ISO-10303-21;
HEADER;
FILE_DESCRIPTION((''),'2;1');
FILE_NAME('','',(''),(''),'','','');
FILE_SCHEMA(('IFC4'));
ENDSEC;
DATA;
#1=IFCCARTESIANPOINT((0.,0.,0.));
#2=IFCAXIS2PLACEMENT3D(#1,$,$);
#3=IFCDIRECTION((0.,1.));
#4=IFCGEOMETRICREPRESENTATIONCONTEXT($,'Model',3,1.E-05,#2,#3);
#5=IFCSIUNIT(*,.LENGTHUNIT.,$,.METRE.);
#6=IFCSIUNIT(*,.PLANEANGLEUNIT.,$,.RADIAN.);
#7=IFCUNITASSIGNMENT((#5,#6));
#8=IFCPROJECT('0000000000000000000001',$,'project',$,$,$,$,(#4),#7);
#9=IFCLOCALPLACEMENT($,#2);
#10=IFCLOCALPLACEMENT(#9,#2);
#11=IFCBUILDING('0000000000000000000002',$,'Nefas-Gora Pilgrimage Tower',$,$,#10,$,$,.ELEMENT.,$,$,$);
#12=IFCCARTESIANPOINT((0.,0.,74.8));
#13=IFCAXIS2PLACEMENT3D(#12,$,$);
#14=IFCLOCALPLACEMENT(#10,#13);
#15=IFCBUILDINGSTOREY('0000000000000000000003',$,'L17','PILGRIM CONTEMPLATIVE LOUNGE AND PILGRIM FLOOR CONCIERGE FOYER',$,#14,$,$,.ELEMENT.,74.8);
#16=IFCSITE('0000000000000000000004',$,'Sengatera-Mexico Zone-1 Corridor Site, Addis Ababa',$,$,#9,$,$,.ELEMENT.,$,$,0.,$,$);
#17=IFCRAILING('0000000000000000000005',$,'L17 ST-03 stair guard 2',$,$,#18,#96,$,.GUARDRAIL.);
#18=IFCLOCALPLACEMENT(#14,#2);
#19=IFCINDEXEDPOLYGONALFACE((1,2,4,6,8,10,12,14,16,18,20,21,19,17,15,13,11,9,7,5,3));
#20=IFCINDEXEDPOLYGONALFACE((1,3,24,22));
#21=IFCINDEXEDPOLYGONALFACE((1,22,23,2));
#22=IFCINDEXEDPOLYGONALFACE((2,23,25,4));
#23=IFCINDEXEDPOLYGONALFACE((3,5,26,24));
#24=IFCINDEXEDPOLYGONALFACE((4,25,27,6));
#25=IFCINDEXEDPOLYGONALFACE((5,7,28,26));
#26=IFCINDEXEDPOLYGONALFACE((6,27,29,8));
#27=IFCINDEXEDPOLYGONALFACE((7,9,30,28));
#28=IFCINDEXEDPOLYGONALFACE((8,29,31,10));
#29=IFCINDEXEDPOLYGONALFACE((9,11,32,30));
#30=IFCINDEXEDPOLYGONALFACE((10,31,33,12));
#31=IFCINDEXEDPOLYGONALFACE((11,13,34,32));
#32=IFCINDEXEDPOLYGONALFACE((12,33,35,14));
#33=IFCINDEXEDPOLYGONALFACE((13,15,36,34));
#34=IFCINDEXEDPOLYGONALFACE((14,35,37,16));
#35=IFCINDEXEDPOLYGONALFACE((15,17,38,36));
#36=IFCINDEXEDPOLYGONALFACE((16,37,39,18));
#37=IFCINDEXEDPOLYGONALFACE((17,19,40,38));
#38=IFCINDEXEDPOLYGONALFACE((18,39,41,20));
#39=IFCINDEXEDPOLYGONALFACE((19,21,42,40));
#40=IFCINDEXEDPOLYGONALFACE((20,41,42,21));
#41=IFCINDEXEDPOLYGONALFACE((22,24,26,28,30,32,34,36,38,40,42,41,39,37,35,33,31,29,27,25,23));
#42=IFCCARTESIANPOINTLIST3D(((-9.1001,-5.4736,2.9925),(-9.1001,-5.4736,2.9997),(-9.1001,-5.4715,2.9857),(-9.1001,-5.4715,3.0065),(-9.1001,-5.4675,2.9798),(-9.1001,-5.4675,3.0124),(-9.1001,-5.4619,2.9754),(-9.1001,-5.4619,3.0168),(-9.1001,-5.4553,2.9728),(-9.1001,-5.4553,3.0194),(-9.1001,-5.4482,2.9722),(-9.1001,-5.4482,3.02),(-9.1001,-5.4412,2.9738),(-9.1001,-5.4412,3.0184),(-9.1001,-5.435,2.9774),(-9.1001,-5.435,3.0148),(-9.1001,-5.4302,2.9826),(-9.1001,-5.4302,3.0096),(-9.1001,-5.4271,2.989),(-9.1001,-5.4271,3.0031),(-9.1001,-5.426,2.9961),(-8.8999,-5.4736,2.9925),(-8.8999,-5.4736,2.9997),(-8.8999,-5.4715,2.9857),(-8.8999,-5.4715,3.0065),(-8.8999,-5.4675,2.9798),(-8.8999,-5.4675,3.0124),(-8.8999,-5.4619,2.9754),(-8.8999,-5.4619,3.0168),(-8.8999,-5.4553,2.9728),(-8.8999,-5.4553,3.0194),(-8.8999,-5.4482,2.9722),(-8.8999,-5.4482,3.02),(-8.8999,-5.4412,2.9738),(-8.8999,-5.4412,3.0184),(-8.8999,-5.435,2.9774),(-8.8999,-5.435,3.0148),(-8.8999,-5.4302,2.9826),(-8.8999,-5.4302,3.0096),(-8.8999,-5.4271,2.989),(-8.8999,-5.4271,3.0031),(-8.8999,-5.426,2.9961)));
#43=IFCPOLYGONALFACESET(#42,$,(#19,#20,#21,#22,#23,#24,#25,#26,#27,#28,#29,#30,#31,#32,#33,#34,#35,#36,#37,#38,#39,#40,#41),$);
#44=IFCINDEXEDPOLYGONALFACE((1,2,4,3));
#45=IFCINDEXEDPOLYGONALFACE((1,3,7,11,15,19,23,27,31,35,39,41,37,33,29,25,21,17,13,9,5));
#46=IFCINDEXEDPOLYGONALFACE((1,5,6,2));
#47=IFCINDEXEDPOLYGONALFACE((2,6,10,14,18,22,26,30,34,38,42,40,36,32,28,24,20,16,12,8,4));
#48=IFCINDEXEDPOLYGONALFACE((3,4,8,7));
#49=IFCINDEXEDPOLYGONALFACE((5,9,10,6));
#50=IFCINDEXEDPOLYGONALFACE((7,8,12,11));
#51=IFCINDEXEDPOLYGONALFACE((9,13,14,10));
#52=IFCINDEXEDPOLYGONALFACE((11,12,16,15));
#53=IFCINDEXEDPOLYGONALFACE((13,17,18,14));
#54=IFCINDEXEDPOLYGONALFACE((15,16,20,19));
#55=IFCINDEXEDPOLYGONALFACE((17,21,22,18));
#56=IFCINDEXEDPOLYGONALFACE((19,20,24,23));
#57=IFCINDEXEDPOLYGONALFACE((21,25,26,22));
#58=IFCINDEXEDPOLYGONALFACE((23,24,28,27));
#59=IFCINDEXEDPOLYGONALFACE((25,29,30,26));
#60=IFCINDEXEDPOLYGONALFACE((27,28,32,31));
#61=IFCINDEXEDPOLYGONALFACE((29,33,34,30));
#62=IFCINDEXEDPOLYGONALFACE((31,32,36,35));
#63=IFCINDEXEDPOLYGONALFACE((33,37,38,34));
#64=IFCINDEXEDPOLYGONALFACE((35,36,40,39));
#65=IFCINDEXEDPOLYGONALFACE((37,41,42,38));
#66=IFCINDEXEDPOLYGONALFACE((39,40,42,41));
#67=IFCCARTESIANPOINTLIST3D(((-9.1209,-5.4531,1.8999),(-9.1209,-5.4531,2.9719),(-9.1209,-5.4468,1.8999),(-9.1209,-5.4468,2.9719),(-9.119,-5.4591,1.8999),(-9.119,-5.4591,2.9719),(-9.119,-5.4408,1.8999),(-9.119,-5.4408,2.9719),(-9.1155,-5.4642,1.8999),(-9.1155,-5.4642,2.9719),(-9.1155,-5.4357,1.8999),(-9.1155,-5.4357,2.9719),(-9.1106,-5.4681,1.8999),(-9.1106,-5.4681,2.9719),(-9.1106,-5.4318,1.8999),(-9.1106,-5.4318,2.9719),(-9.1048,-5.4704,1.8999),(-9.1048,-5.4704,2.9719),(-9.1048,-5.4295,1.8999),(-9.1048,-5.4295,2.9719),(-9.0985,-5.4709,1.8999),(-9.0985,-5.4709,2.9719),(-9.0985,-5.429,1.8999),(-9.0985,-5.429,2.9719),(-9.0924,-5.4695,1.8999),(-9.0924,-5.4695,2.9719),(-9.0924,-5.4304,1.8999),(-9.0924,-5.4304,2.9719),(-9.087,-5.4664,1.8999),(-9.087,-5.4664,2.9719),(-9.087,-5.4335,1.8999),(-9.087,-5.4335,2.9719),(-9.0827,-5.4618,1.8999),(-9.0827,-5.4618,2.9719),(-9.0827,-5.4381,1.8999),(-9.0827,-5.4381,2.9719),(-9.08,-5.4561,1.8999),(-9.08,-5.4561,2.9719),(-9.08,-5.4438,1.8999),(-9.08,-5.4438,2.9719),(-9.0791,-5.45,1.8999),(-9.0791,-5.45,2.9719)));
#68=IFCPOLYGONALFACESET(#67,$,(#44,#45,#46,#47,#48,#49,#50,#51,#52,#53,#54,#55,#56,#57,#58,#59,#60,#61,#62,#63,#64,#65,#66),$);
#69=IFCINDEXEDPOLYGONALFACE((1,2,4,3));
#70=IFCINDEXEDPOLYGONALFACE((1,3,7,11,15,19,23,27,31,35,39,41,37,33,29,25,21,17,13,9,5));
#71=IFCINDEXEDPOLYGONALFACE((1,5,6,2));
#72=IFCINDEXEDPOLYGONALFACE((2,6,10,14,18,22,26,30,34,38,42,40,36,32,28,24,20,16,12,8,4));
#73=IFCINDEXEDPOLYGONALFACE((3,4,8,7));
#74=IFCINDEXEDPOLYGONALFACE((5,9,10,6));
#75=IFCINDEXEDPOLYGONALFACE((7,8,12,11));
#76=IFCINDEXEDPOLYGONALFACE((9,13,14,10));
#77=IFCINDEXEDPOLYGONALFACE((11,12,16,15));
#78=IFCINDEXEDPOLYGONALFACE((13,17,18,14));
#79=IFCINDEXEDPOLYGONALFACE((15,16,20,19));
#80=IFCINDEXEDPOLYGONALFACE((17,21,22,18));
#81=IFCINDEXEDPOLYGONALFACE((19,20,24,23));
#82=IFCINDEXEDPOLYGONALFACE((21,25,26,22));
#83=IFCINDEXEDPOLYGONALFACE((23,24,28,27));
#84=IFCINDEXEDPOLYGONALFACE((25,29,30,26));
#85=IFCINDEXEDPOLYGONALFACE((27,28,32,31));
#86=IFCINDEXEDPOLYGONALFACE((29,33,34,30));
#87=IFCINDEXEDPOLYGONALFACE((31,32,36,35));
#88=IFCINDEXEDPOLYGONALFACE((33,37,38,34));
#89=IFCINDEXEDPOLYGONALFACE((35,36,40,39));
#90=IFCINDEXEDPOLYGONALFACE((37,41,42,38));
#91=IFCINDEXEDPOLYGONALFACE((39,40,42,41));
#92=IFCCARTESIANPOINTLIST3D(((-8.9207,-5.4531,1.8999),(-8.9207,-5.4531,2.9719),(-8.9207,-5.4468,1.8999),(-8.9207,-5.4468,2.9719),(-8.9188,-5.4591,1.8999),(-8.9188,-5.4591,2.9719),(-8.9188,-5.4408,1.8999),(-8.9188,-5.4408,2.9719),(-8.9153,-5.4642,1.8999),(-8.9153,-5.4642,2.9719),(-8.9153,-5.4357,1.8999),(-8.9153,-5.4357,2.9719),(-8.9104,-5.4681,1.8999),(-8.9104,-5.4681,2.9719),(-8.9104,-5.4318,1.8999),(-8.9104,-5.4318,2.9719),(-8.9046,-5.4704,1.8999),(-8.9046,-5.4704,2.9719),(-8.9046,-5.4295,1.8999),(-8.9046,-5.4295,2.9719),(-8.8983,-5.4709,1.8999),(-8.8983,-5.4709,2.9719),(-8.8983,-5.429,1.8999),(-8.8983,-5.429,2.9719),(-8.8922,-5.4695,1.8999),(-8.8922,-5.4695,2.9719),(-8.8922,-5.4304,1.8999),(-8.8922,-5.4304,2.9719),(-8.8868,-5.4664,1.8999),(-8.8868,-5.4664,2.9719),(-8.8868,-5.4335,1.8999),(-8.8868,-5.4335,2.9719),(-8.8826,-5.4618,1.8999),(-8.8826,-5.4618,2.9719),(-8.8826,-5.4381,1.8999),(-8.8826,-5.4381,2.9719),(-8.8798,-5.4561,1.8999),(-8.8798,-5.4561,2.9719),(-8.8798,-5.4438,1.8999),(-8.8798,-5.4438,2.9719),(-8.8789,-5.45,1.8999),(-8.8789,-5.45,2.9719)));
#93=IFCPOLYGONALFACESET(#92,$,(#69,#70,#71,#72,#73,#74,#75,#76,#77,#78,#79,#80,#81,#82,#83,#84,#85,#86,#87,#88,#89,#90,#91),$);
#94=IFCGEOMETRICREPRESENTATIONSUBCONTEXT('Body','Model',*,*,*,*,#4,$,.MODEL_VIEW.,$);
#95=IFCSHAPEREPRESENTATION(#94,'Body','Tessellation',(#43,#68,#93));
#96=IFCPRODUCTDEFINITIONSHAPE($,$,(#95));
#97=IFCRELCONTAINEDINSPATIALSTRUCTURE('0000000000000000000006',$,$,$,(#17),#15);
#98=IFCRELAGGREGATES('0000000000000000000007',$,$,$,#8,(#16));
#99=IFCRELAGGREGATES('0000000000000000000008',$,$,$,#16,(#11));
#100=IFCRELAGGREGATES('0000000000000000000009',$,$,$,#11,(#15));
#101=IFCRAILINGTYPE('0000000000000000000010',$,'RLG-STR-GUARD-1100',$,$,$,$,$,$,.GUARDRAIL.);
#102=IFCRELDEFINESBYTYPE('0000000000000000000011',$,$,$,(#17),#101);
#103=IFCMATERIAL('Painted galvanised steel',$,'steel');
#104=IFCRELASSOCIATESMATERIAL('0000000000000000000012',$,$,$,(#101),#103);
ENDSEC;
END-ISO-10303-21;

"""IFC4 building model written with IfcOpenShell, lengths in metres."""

from ifc_helpers import new_model, si_unit, direction, frame, origin, origin_2d, place, context, subcontext, project, spatial, circle, extrude, material, type_object, element, save


model = new_model("IFC4")

# Units and contexts
model_context = context("Model", 3, precision=1e-05, world=origin(), true_north=direction((0.0, 1.0)))
body_context = subcontext(model_context, "Body", "Model", "MODEL_VIEW")
ifc_project = project(units=[si_unit("LENGTHUNIT", "METRE"), si_unit("PLANEANGLEUNIT", "RADIAN")], contexts=[model_context])

# Site, building, storey
site_placement = place(None, origin())
site = spatial("IfcSite", under=ifc_project, at=site_placement, Name="Sengatera-Mexico Zone-1 Corridor Site, Addis Ababa", CompositionType="ELEMENT", RefElevation=0.0)
building_placement = place(site_placement, origin())
building = spatial("IfcBuilding", under=site, at=building_placement, Name="Nefas-Gora Pilgrimage Tower", CompositionType="ELEMENT")
storey_placement = place(building_placement, frame((0.0, 0.0, 74.8)))
storey = spatial("IfcBuildingStorey", under=building, at=storey_placement, Name="L17", Description="PILGRIM CONTEMPLATIVE LOUNGE AND PILGRIM FLOOR CONCIERGE FOYER", CompositionType="ELEMENT", Elevation=74.8)

# Railing
ifc_material_1 = material(Name="Painted galvanised steel", Category="steel")
railing_type_1 = type_object("IfcRailingType", Name="RLG-STR-GUARD-1100", PredefinedType="GUARDRAIL", material=ifc_material_1)
railing_1_placement = place(storey_placement, frame((-9.1001, -5.45, 1.8999)))
element("IfcRailing", 1, at=railing_1_placement, inside=storey, type_object=railing_type_1, Name="L17 ST-03 stair guard 2", PredefinedType="GUARDRAIL", context=body_context, shape_type="SweptSolid", body=[
    extrude(circle(Radius=0.0239, at=origin_2d()), frame((0.0, 0.0, 1.0962), z_axis=(1.0, 0.0, 0.0), x_axis=(0.0, 1.0, 0.0)), (0.0, 0.0, 1.0), 0.2002),
    extrude(circle(Radius=0.021, at=origin_2d()), origin(), (0.0, 0.0, 1.0), 1.072),
    extrude(circle(Radius=0.021, at=origin_2d()), frame((0.2002, 0.0, 0.0)), (0.0, 0.0, 1.0), 1.072),
])

save(model, "model.ifc")
